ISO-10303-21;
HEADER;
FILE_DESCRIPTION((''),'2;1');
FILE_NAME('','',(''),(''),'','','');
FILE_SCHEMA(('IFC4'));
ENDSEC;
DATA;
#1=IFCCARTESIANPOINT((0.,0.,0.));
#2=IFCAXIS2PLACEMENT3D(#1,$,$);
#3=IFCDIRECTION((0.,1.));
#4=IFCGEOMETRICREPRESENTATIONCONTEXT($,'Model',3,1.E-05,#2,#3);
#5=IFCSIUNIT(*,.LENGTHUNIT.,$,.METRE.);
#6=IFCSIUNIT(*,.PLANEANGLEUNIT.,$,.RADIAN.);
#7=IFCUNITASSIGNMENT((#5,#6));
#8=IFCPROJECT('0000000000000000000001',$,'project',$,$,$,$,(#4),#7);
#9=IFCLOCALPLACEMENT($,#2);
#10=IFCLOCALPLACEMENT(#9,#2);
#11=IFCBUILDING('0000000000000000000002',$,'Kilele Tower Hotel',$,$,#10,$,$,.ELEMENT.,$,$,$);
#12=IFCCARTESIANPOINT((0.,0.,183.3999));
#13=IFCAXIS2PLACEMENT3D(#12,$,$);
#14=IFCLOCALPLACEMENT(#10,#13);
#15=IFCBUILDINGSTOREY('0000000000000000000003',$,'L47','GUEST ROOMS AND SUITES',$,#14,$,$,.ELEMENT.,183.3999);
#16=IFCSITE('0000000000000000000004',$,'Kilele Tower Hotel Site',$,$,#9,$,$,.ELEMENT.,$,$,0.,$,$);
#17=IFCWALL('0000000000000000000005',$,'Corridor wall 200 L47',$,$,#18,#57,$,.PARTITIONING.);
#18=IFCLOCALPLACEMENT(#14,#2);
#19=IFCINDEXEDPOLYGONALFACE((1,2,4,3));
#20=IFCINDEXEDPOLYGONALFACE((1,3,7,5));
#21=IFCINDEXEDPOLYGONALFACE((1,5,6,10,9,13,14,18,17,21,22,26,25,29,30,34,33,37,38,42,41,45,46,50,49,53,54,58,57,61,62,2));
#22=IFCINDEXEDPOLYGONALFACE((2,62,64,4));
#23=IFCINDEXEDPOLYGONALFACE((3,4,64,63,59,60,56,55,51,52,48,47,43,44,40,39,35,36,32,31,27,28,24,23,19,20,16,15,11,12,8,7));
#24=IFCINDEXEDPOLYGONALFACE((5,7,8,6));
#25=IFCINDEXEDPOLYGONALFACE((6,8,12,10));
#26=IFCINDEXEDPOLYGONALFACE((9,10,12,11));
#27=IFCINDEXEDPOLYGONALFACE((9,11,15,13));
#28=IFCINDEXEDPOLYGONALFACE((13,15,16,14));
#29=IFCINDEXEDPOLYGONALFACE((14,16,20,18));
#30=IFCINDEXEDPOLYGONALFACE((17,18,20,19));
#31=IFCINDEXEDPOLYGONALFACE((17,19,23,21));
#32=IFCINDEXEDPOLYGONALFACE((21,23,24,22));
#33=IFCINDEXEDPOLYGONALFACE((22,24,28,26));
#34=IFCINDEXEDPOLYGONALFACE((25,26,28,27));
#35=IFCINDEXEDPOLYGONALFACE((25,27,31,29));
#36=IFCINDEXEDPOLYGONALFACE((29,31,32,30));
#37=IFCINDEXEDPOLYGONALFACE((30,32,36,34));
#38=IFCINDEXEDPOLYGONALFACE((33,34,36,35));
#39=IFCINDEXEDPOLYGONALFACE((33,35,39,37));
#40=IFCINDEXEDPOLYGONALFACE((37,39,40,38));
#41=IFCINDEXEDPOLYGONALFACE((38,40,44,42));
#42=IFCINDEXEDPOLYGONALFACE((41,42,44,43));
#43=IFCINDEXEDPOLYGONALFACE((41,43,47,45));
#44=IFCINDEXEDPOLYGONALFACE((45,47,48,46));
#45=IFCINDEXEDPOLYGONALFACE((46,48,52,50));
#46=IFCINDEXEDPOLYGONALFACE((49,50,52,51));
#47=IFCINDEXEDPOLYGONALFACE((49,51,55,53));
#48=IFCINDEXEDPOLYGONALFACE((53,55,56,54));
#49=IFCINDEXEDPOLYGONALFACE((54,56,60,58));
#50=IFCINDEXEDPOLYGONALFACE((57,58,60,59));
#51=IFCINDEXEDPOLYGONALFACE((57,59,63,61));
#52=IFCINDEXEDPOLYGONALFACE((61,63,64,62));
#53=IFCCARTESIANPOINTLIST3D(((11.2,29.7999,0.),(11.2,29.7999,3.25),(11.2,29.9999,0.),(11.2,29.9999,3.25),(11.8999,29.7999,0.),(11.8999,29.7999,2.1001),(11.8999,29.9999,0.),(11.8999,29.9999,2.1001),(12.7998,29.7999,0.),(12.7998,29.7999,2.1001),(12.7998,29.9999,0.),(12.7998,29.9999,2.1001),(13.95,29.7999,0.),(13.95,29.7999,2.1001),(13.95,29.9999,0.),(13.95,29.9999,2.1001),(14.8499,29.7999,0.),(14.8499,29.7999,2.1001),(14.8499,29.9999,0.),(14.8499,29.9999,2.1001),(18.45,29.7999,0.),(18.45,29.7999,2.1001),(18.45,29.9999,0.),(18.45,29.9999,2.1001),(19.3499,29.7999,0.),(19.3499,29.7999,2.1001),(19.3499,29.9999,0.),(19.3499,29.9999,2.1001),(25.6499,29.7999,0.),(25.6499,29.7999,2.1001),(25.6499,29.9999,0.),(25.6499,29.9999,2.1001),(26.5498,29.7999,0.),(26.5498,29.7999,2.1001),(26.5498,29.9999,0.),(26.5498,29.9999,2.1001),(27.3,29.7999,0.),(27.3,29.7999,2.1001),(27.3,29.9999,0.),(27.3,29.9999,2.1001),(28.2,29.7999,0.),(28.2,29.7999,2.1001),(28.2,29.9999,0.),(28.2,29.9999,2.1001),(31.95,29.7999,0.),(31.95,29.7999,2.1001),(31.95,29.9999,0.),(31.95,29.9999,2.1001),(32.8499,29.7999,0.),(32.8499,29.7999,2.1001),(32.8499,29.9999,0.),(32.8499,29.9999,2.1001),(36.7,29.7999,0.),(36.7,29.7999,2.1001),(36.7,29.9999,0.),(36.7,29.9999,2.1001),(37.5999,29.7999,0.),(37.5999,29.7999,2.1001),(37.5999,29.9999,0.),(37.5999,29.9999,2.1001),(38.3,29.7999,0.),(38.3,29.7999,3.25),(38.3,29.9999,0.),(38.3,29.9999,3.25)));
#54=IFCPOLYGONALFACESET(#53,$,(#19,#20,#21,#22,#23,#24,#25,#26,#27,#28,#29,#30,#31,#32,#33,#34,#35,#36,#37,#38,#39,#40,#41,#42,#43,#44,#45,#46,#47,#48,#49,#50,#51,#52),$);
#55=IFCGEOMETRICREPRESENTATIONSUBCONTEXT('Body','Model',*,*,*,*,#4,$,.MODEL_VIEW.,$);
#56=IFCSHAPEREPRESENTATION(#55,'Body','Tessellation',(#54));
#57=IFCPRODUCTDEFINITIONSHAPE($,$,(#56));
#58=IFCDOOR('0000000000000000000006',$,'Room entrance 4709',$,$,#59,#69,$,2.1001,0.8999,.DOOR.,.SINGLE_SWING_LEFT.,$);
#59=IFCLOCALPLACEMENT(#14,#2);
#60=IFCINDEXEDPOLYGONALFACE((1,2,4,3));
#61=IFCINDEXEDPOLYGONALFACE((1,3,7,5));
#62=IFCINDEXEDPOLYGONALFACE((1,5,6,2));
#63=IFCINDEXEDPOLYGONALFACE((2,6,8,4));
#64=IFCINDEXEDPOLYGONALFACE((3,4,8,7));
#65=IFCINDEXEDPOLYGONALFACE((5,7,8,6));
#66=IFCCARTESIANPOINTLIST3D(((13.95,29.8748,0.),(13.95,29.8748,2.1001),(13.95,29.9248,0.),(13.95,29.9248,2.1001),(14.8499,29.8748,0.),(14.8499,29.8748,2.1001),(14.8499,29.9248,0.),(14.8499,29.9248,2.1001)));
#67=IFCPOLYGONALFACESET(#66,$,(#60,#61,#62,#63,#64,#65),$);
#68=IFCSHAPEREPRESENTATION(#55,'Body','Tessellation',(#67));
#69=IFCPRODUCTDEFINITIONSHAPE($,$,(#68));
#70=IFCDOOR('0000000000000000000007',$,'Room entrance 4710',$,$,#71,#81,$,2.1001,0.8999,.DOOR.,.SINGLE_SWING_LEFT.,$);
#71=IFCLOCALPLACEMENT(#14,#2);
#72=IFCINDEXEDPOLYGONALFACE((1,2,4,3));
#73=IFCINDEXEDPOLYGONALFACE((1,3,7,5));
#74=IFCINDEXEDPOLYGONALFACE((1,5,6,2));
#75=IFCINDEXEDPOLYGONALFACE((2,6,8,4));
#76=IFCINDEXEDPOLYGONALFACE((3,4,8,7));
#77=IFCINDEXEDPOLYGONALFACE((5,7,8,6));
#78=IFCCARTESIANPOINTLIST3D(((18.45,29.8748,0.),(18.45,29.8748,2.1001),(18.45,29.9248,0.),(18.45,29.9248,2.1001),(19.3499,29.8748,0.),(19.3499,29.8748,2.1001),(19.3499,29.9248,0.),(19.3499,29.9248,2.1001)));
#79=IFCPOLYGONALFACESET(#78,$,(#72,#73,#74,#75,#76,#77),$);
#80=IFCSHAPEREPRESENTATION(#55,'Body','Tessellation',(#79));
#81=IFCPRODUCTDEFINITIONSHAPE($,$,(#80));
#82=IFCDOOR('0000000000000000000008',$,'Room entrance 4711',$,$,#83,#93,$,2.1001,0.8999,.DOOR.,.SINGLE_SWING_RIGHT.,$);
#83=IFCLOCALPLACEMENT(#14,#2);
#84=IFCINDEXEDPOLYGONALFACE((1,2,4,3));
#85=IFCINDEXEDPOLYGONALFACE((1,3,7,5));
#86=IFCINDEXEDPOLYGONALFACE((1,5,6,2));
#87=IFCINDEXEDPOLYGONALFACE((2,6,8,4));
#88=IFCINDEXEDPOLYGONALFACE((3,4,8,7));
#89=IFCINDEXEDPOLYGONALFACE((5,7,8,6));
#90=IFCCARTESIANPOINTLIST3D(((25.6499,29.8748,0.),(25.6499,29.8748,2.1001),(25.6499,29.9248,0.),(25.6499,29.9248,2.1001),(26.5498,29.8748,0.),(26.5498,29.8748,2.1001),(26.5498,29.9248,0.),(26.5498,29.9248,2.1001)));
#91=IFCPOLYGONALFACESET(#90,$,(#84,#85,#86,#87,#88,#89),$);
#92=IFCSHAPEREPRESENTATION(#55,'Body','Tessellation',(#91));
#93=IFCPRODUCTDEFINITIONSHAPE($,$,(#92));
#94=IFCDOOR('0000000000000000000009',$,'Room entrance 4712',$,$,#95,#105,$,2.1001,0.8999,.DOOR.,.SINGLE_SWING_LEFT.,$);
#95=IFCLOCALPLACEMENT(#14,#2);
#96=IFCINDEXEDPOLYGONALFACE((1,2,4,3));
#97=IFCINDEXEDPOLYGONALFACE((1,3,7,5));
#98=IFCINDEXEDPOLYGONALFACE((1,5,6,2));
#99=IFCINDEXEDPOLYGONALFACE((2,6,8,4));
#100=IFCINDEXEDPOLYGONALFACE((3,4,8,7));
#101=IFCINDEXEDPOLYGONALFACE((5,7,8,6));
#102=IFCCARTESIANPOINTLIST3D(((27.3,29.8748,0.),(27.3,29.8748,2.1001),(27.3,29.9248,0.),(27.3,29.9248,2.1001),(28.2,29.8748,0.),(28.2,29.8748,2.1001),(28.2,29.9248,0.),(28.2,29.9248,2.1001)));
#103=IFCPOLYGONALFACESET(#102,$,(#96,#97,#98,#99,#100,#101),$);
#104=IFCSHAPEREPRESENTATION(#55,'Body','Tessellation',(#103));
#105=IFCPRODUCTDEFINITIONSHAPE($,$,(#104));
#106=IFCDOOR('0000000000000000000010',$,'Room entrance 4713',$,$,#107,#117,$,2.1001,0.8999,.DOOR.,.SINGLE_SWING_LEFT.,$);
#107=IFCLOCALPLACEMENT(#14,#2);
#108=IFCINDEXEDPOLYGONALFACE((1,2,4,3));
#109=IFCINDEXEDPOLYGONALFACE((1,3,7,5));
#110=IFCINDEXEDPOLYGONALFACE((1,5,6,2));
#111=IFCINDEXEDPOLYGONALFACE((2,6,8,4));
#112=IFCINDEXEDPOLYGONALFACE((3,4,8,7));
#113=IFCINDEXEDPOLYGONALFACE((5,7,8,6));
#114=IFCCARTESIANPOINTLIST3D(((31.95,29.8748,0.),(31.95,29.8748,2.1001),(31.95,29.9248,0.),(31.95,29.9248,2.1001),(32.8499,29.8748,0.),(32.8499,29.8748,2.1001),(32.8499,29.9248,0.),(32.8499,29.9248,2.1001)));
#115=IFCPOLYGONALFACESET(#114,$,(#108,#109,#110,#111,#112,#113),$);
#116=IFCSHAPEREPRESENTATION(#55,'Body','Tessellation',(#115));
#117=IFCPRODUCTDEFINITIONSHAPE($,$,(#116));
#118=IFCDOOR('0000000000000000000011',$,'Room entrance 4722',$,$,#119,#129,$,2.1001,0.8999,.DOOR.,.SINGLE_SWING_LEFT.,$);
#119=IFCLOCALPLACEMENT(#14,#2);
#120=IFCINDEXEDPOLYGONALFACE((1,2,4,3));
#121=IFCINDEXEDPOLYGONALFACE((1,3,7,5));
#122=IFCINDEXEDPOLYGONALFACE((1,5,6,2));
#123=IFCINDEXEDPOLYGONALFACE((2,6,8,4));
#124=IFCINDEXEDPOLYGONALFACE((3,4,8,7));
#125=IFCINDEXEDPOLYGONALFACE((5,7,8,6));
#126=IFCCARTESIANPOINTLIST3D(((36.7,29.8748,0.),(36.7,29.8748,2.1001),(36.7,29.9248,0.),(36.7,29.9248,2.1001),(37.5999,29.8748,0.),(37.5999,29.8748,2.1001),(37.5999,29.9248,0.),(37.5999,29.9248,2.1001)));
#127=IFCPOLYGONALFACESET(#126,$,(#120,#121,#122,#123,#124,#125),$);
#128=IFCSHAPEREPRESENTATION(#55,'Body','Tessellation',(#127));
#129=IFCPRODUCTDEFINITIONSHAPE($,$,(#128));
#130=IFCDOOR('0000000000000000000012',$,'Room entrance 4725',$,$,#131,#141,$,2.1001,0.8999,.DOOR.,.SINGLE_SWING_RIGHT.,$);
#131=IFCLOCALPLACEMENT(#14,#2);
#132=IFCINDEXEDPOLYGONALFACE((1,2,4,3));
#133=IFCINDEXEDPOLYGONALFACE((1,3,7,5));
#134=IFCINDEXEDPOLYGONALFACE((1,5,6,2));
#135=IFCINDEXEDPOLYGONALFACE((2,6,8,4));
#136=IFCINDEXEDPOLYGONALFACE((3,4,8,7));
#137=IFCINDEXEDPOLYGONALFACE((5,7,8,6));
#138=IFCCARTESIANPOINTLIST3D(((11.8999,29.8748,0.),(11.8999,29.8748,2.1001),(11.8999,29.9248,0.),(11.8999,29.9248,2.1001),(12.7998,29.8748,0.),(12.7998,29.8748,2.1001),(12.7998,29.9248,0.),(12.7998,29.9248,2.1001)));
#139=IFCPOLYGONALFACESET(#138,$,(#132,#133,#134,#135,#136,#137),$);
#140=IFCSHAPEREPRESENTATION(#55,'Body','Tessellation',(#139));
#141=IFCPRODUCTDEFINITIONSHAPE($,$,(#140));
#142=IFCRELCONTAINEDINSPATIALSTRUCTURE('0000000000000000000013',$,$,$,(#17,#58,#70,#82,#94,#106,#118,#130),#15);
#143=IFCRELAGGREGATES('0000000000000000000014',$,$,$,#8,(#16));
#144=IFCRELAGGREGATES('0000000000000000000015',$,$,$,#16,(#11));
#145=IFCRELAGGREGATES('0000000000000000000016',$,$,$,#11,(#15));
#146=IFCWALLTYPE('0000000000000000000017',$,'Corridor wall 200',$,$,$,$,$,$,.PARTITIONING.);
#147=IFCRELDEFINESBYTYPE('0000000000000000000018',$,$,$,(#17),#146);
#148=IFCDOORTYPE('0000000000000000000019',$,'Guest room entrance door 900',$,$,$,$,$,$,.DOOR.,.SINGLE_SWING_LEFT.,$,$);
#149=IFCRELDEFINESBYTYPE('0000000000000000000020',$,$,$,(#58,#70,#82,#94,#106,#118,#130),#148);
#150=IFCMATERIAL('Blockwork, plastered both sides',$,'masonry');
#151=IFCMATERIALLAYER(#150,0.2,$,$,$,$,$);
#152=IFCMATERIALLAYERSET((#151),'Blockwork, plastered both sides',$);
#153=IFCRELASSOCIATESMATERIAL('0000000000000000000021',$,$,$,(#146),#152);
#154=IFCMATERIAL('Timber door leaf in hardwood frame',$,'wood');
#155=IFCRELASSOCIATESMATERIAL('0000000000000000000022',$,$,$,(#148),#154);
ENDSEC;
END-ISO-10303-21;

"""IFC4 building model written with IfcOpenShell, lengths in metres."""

from ifc_helpers import new_model, si_unit, direction, frame, frame_2d, origin, place, context, subcontext, project, spatial, rectangle, extrude, material, layer, layer_set, type_object, element, fill, save


model = new_model("IFC4")

# Units and contexts
model_context = context("Model", 3, precision=1e-05, world=origin(), true_north=direction((0.0, 1.0)))
body_context = subcontext(model_context, "Body", "Model", "MODEL_VIEW")
ifc_project = project(units=[si_unit("LENGTHUNIT", "METRE"), si_unit("PLANEANGLEUNIT", "RADIAN")], contexts=[model_context])

# Site, building, storey
site_placement = place(None, origin())
site = spatial("IfcSite", under=ifc_project, at=site_placement, Name="Kilele Tower Hotel Site", CompositionType="ELEMENT", RefElevation=0.0)
building_placement = place(site_placement, origin())
building = spatial("IfcBuilding", under=site, at=building_placement, Name="Kilele Tower Hotel", CompositionType="ELEMENT")
storey_placement = place(building_placement, frame((0.0, 0.0, 183.3999)))
storey = spatial("IfcBuildingStorey", under=building, at=storey_placement, Name="L47", Description="GUEST ROOMS AND SUITES", CompositionType="ELEMENT", Elevation=183.3999)

# Wall, openings, doors
ifc_material_1 = material(Name="Blockwork, plastered both sides", Category="masonry")
ifc_layer_1 = layer(ifc_material_1, 0.2)
ifc_layer_set_1 = layer_set([ifc_layer_1], Name="Blockwork, plastered both sides")
wall_type_1 = type_object("IfcWallType", Name="Corridor wall 200", PredefinedType="PARTITIONING", material=ifc_layer_set_1)
wall_1_placement = place(storey_placement, frame((11.2, 29.8999, 0.0), z_axis=(0.0, 0.0, 1.0), x_axis=(1.0, 0.0, 0.0)))
wall_1 = element("IfcWall", 1, at=wall_1_placement, inside=storey, type_object=wall_type_1, Name="Corridor wall 200 L47", PredefinedType="PARTITIONING", context=body_context, shape_type="SweptSolid", body=[
    extrude(rectangle(XDim=27.1001, YDim=0.2, at=frame_2d((13.55, 0.0))), origin(), (0.0, 0.0, 1.0), 3.25),
])
opening_1_placement = place(wall_1_placement, frame((2.75, 0.0, 0.0)))
opening_1 = element("IfcOpeningElement", 2, at=opening_1_placement, cuts=wall_1, PredefinedType="OPENING", context=body_context, shape_type="SweptSolid", body=[
    extrude(rectangle(XDim=0.8999, YDim=2.1001, at=frame_2d((0.45, 1.05))), frame((0.0, 0.1099, 0.0), z_axis=(0.0, -1.0, 0.0), x_axis=(1.0, 0.0, 0.0)), (0.0, 0.0, 1.0), 0.22),
])
opening_2_placement = place(wall_1_placement, frame((7.25, 0.0, 0.0)))
opening_2 = element("IfcOpeningElement", 3, at=opening_2_placement, cuts=wall_1, PredefinedType="OPENING", context=body_context, shape_type="SweptSolid", body=[
    extrude(rectangle(XDim=0.8999, YDim=2.1001, at=frame_2d((0.45, 1.05))), frame((0.0, 0.1099, 0.0), z_axis=(0.0, -1.0, 0.0), x_axis=(1.0, 0.0, 0.0)), (0.0, 0.0, 1.0), 0.22),
])
opening_3_placement = place(wall_1_placement, frame((14.45, 0.0, 0.0)))
opening_3 = element("IfcOpeningElement", 4, at=opening_3_placement, cuts=wall_1, PredefinedType="OPENING", context=body_context, shape_type="SweptSolid", body=[
    extrude(rectangle(XDim=0.8999, YDim=2.1001, at=frame_2d((0.45, 1.05))), frame((0.0, 0.1099, 0.0), z_axis=(0.0, -1.0, 0.0), x_axis=(1.0, 0.0, 0.0)), (0.0, 0.0, 1.0), 0.22),
])
opening_4_placement = place(wall_1_placement, frame((16.1001, 0.0, 0.0)))
opening_4 = element("IfcOpeningElement", 5, at=opening_4_placement, cuts=wall_1, PredefinedType="OPENING", context=body_context, shape_type="SweptSolid", body=[
    extrude(rectangle(XDim=0.8999, YDim=2.1001, at=frame_2d((0.45, 1.05))), frame((0.0, 0.1099, 0.0), z_axis=(0.0, -1.0, 0.0), x_axis=(1.0, 0.0, 0.0)), (0.0, 0.0, 1.0), 0.22),
])
opening_5_placement = place(wall_1_placement, frame((20.75, 0.0, 0.0)))
opening_5 = element("IfcOpeningElement", 6, at=opening_5_placement, cuts=wall_1, PredefinedType="OPENING", context=body_context, shape_type="SweptSolid", body=[
    extrude(rectangle(XDim=0.8999, YDim=2.1001, at=frame_2d((0.45, 1.05))), frame((0.0, 0.1099, 0.0), z_axis=(0.0, -1.0, 0.0), x_axis=(1.0, 0.0, 0.0)), (0.0, 0.0, 1.0), 0.22),
])
opening_6_placement = place(wall_1_placement, frame((25.5, 0.0, 0.0)))
opening_6 = element("IfcOpeningElement", 7, at=opening_6_placement, cuts=wall_1, PredefinedType="OPENING", context=body_context, shape_type="SweptSolid", body=[
    extrude(rectangle(XDim=0.8999, YDim=2.1001, at=frame_2d((0.45, 1.05))), frame((0.0, 0.1099, 0.0), z_axis=(0.0, -1.0, 0.0), x_axis=(1.0, 0.0, 0.0)), (0.0, 0.0, 1.0), 0.22),
])
opening_7_placement = place(wall_1_placement, frame((0.7, 0.0, 0.0)))
opening_7 = element("IfcOpeningElement", 8, at=opening_7_placement, cuts=wall_1, PredefinedType="OPENING", context=body_context, shape_type="SweptSolid", body=[
    extrude(rectangle(XDim=0.8999, YDim=2.1001, at=frame_2d((0.45, 1.05))), frame((0.0, 0.1099, 0.0), z_axis=(0.0, -1.0, 0.0), x_axis=(1.0, 0.0, 0.0)), (0.0, 0.0, 1.0), 0.22),
])
ifc_material_2 = material(Name="Timber door leaf in hardwood frame", Category="wood")
door_type_1 = type_object("IfcDoorType", Name="Guest room entrance door 900", OperationType="SINGLE_SWING_LEFT", PredefinedType="DOOR", material=ifc_material_2)
door_1_placement = place(opening_1_placement, origin())
door_1 = element("IfcDoor", 9, at=door_1_placement, inside=storey, type_object=door_type_1, Name="Room entrance 4709", OperationType="SINGLE_SWING_LEFT", OverallHeight=2.1001, OverallWidth=0.8999, PredefinedType="DOOR", context=body_context, shape_type="SweptSolid", body=[
    extrude(rectangle(XDim=0.8999, YDim=2.1001, at=frame_2d((0.45, 1.05))), frame((0.0, 0.0249, 0.0), z_axis=(0.0, -1.0, 0.0), x_axis=(1.0, 0.0, 0.0)), (0.0, 0.0, 1.0), 0.05),
])
fill(opening_1, door_1)
door_2_placement = place(opening_2_placement, origin())
door_2 = element("IfcDoor", 10, at=door_2_placement, inside=storey, type_object=door_type_1, Name="Room entrance 4710", OperationType="SINGLE_SWING_LEFT", OverallHeight=2.1001, OverallWidth=0.8999, PredefinedType="DOOR", context=body_context, shape_type="SweptSolid", body=[
    extrude(rectangle(XDim=0.8999, YDim=2.1001, at=frame_2d((0.45, 1.05))), frame((0.0, 0.0249, 0.0), z_axis=(0.0, -1.0, 0.0), x_axis=(1.0, 0.0, 0.0)), (0.0, 0.0, 1.0), 0.05),
])
fill(opening_2, door_2)
door_3_placement = place(opening_3_placement, origin())
door_3 = element("IfcDoor", 11, at=door_3_placement, inside=storey, type_object=door_type_1, Name="Room entrance 4711", OperationType="SINGLE_SWING_RIGHT", OverallHeight=2.1001, OverallWidth=0.8999, PredefinedType="DOOR", context=body_context, shape_type="SweptSolid", body=[
    extrude(rectangle(XDim=0.8999, YDim=2.1001, at=frame_2d((0.45, 1.05))), frame((0.0, 0.0249, 0.0), z_axis=(0.0, -1.0, 0.0), x_axis=(1.0, 0.0, 0.0)), (0.0, 0.0, 1.0), 0.05),
])
fill(opening_3, door_3)
door_4_placement = place(opening_4_placement, origin())
door_4 = element("IfcDoor", 12, at=door_4_placement, inside=storey, type_object=door_type_1, Name="Room entrance 4712", OperationType="SINGLE_SWING_LEFT", OverallHeight=2.1001, OverallWidth=0.8999, PredefinedType="DOOR", context=body_context, shape_type="SweptSolid", body=[
    extrude(rectangle(XDim=0.8999, YDim=2.1001, at=frame_2d((0.45, 1.05))), frame((0.0, 0.0249, 0.0), z_axis=(0.0, -1.0, 0.0), x_axis=(1.0, 0.0, 0.0)), (0.0, 0.0, 1.0), 0.05),
])
fill(opening_4, door_4)
door_5_placement = place(opening_5_placement, origin())
door_5 = element("IfcDoor", 13, at=door_5_placement, inside=storey, type_object=door_type_1, Name="Room entrance 4713", OperationType="SINGLE_SWING_LEFT", OverallHeight=2.1001, OverallWidth=0.8999, PredefinedType="DOOR", context=body_context, shape_type="SweptSolid", body=[
    extrude(rectangle(XDim=0.8999, YDim=2.1001, at=frame_2d((0.45, 1.05))), frame((0.0, 0.0249, 0.0), z_axis=(0.0, -1.0, 0.0), x_axis=(1.0, 0.0, 0.0)), (0.0, 0.0, 1.0), 0.05),
])
fill(opening_5, door_5)
door_6_placement = place(opening_6_placement, origin())
door_6 = element("IfcDoor", 14, at=door_6_placement, inside=storey, type_object=door_type_1, Name="Room entrance 4722", OperationType="SINGLE_SWING_LEFT", OverallHeight=2.1001, OverallWidth=0.8999, PredefinedType="DOOR", context=body_context, shape_type="SweptSolid", body=[
    extrude(rectangle(XDim=0.8999, YDim=2.1001, at=frame_2d((0.45, 1.05))), frame((0.0, 0.0249, 0.0), z_axis=(0.0, -1.0, 0.0), x_axis=(1.0, 0.0, 0.0)), (0.0, 0.0, 1.0), 0.05),
])
fill(opening_6, door_6)
door_7_placement = place(opening_7_placement, origin())
door_7 = element("IfcDoor", 15, at=door_7_placement, inside=storey, type_object=door_type_1, Name="Room entrance 4725", OperationType="SINGLE_SWING_RIGHT", OverallHeight=2.1001, OverallWidth=0.8999, PredefinedType="DOOR", context=body_context, shape_type="SweptSolid", body=[
    extrude(rectangle(XDim=0.8999, YDim=2.1001, at=frame_2d((0.45, 1.05))), frame((0.0, 0.0249, 0.0), z_axis=(0.0, -1.0, 0.0), x_axis=(1.0, 0.0, 0.0)), (0.0, 0.0, 1.0), 0.05),
])
fill(opening_7, door_7)

save(model, "model.ifc")
